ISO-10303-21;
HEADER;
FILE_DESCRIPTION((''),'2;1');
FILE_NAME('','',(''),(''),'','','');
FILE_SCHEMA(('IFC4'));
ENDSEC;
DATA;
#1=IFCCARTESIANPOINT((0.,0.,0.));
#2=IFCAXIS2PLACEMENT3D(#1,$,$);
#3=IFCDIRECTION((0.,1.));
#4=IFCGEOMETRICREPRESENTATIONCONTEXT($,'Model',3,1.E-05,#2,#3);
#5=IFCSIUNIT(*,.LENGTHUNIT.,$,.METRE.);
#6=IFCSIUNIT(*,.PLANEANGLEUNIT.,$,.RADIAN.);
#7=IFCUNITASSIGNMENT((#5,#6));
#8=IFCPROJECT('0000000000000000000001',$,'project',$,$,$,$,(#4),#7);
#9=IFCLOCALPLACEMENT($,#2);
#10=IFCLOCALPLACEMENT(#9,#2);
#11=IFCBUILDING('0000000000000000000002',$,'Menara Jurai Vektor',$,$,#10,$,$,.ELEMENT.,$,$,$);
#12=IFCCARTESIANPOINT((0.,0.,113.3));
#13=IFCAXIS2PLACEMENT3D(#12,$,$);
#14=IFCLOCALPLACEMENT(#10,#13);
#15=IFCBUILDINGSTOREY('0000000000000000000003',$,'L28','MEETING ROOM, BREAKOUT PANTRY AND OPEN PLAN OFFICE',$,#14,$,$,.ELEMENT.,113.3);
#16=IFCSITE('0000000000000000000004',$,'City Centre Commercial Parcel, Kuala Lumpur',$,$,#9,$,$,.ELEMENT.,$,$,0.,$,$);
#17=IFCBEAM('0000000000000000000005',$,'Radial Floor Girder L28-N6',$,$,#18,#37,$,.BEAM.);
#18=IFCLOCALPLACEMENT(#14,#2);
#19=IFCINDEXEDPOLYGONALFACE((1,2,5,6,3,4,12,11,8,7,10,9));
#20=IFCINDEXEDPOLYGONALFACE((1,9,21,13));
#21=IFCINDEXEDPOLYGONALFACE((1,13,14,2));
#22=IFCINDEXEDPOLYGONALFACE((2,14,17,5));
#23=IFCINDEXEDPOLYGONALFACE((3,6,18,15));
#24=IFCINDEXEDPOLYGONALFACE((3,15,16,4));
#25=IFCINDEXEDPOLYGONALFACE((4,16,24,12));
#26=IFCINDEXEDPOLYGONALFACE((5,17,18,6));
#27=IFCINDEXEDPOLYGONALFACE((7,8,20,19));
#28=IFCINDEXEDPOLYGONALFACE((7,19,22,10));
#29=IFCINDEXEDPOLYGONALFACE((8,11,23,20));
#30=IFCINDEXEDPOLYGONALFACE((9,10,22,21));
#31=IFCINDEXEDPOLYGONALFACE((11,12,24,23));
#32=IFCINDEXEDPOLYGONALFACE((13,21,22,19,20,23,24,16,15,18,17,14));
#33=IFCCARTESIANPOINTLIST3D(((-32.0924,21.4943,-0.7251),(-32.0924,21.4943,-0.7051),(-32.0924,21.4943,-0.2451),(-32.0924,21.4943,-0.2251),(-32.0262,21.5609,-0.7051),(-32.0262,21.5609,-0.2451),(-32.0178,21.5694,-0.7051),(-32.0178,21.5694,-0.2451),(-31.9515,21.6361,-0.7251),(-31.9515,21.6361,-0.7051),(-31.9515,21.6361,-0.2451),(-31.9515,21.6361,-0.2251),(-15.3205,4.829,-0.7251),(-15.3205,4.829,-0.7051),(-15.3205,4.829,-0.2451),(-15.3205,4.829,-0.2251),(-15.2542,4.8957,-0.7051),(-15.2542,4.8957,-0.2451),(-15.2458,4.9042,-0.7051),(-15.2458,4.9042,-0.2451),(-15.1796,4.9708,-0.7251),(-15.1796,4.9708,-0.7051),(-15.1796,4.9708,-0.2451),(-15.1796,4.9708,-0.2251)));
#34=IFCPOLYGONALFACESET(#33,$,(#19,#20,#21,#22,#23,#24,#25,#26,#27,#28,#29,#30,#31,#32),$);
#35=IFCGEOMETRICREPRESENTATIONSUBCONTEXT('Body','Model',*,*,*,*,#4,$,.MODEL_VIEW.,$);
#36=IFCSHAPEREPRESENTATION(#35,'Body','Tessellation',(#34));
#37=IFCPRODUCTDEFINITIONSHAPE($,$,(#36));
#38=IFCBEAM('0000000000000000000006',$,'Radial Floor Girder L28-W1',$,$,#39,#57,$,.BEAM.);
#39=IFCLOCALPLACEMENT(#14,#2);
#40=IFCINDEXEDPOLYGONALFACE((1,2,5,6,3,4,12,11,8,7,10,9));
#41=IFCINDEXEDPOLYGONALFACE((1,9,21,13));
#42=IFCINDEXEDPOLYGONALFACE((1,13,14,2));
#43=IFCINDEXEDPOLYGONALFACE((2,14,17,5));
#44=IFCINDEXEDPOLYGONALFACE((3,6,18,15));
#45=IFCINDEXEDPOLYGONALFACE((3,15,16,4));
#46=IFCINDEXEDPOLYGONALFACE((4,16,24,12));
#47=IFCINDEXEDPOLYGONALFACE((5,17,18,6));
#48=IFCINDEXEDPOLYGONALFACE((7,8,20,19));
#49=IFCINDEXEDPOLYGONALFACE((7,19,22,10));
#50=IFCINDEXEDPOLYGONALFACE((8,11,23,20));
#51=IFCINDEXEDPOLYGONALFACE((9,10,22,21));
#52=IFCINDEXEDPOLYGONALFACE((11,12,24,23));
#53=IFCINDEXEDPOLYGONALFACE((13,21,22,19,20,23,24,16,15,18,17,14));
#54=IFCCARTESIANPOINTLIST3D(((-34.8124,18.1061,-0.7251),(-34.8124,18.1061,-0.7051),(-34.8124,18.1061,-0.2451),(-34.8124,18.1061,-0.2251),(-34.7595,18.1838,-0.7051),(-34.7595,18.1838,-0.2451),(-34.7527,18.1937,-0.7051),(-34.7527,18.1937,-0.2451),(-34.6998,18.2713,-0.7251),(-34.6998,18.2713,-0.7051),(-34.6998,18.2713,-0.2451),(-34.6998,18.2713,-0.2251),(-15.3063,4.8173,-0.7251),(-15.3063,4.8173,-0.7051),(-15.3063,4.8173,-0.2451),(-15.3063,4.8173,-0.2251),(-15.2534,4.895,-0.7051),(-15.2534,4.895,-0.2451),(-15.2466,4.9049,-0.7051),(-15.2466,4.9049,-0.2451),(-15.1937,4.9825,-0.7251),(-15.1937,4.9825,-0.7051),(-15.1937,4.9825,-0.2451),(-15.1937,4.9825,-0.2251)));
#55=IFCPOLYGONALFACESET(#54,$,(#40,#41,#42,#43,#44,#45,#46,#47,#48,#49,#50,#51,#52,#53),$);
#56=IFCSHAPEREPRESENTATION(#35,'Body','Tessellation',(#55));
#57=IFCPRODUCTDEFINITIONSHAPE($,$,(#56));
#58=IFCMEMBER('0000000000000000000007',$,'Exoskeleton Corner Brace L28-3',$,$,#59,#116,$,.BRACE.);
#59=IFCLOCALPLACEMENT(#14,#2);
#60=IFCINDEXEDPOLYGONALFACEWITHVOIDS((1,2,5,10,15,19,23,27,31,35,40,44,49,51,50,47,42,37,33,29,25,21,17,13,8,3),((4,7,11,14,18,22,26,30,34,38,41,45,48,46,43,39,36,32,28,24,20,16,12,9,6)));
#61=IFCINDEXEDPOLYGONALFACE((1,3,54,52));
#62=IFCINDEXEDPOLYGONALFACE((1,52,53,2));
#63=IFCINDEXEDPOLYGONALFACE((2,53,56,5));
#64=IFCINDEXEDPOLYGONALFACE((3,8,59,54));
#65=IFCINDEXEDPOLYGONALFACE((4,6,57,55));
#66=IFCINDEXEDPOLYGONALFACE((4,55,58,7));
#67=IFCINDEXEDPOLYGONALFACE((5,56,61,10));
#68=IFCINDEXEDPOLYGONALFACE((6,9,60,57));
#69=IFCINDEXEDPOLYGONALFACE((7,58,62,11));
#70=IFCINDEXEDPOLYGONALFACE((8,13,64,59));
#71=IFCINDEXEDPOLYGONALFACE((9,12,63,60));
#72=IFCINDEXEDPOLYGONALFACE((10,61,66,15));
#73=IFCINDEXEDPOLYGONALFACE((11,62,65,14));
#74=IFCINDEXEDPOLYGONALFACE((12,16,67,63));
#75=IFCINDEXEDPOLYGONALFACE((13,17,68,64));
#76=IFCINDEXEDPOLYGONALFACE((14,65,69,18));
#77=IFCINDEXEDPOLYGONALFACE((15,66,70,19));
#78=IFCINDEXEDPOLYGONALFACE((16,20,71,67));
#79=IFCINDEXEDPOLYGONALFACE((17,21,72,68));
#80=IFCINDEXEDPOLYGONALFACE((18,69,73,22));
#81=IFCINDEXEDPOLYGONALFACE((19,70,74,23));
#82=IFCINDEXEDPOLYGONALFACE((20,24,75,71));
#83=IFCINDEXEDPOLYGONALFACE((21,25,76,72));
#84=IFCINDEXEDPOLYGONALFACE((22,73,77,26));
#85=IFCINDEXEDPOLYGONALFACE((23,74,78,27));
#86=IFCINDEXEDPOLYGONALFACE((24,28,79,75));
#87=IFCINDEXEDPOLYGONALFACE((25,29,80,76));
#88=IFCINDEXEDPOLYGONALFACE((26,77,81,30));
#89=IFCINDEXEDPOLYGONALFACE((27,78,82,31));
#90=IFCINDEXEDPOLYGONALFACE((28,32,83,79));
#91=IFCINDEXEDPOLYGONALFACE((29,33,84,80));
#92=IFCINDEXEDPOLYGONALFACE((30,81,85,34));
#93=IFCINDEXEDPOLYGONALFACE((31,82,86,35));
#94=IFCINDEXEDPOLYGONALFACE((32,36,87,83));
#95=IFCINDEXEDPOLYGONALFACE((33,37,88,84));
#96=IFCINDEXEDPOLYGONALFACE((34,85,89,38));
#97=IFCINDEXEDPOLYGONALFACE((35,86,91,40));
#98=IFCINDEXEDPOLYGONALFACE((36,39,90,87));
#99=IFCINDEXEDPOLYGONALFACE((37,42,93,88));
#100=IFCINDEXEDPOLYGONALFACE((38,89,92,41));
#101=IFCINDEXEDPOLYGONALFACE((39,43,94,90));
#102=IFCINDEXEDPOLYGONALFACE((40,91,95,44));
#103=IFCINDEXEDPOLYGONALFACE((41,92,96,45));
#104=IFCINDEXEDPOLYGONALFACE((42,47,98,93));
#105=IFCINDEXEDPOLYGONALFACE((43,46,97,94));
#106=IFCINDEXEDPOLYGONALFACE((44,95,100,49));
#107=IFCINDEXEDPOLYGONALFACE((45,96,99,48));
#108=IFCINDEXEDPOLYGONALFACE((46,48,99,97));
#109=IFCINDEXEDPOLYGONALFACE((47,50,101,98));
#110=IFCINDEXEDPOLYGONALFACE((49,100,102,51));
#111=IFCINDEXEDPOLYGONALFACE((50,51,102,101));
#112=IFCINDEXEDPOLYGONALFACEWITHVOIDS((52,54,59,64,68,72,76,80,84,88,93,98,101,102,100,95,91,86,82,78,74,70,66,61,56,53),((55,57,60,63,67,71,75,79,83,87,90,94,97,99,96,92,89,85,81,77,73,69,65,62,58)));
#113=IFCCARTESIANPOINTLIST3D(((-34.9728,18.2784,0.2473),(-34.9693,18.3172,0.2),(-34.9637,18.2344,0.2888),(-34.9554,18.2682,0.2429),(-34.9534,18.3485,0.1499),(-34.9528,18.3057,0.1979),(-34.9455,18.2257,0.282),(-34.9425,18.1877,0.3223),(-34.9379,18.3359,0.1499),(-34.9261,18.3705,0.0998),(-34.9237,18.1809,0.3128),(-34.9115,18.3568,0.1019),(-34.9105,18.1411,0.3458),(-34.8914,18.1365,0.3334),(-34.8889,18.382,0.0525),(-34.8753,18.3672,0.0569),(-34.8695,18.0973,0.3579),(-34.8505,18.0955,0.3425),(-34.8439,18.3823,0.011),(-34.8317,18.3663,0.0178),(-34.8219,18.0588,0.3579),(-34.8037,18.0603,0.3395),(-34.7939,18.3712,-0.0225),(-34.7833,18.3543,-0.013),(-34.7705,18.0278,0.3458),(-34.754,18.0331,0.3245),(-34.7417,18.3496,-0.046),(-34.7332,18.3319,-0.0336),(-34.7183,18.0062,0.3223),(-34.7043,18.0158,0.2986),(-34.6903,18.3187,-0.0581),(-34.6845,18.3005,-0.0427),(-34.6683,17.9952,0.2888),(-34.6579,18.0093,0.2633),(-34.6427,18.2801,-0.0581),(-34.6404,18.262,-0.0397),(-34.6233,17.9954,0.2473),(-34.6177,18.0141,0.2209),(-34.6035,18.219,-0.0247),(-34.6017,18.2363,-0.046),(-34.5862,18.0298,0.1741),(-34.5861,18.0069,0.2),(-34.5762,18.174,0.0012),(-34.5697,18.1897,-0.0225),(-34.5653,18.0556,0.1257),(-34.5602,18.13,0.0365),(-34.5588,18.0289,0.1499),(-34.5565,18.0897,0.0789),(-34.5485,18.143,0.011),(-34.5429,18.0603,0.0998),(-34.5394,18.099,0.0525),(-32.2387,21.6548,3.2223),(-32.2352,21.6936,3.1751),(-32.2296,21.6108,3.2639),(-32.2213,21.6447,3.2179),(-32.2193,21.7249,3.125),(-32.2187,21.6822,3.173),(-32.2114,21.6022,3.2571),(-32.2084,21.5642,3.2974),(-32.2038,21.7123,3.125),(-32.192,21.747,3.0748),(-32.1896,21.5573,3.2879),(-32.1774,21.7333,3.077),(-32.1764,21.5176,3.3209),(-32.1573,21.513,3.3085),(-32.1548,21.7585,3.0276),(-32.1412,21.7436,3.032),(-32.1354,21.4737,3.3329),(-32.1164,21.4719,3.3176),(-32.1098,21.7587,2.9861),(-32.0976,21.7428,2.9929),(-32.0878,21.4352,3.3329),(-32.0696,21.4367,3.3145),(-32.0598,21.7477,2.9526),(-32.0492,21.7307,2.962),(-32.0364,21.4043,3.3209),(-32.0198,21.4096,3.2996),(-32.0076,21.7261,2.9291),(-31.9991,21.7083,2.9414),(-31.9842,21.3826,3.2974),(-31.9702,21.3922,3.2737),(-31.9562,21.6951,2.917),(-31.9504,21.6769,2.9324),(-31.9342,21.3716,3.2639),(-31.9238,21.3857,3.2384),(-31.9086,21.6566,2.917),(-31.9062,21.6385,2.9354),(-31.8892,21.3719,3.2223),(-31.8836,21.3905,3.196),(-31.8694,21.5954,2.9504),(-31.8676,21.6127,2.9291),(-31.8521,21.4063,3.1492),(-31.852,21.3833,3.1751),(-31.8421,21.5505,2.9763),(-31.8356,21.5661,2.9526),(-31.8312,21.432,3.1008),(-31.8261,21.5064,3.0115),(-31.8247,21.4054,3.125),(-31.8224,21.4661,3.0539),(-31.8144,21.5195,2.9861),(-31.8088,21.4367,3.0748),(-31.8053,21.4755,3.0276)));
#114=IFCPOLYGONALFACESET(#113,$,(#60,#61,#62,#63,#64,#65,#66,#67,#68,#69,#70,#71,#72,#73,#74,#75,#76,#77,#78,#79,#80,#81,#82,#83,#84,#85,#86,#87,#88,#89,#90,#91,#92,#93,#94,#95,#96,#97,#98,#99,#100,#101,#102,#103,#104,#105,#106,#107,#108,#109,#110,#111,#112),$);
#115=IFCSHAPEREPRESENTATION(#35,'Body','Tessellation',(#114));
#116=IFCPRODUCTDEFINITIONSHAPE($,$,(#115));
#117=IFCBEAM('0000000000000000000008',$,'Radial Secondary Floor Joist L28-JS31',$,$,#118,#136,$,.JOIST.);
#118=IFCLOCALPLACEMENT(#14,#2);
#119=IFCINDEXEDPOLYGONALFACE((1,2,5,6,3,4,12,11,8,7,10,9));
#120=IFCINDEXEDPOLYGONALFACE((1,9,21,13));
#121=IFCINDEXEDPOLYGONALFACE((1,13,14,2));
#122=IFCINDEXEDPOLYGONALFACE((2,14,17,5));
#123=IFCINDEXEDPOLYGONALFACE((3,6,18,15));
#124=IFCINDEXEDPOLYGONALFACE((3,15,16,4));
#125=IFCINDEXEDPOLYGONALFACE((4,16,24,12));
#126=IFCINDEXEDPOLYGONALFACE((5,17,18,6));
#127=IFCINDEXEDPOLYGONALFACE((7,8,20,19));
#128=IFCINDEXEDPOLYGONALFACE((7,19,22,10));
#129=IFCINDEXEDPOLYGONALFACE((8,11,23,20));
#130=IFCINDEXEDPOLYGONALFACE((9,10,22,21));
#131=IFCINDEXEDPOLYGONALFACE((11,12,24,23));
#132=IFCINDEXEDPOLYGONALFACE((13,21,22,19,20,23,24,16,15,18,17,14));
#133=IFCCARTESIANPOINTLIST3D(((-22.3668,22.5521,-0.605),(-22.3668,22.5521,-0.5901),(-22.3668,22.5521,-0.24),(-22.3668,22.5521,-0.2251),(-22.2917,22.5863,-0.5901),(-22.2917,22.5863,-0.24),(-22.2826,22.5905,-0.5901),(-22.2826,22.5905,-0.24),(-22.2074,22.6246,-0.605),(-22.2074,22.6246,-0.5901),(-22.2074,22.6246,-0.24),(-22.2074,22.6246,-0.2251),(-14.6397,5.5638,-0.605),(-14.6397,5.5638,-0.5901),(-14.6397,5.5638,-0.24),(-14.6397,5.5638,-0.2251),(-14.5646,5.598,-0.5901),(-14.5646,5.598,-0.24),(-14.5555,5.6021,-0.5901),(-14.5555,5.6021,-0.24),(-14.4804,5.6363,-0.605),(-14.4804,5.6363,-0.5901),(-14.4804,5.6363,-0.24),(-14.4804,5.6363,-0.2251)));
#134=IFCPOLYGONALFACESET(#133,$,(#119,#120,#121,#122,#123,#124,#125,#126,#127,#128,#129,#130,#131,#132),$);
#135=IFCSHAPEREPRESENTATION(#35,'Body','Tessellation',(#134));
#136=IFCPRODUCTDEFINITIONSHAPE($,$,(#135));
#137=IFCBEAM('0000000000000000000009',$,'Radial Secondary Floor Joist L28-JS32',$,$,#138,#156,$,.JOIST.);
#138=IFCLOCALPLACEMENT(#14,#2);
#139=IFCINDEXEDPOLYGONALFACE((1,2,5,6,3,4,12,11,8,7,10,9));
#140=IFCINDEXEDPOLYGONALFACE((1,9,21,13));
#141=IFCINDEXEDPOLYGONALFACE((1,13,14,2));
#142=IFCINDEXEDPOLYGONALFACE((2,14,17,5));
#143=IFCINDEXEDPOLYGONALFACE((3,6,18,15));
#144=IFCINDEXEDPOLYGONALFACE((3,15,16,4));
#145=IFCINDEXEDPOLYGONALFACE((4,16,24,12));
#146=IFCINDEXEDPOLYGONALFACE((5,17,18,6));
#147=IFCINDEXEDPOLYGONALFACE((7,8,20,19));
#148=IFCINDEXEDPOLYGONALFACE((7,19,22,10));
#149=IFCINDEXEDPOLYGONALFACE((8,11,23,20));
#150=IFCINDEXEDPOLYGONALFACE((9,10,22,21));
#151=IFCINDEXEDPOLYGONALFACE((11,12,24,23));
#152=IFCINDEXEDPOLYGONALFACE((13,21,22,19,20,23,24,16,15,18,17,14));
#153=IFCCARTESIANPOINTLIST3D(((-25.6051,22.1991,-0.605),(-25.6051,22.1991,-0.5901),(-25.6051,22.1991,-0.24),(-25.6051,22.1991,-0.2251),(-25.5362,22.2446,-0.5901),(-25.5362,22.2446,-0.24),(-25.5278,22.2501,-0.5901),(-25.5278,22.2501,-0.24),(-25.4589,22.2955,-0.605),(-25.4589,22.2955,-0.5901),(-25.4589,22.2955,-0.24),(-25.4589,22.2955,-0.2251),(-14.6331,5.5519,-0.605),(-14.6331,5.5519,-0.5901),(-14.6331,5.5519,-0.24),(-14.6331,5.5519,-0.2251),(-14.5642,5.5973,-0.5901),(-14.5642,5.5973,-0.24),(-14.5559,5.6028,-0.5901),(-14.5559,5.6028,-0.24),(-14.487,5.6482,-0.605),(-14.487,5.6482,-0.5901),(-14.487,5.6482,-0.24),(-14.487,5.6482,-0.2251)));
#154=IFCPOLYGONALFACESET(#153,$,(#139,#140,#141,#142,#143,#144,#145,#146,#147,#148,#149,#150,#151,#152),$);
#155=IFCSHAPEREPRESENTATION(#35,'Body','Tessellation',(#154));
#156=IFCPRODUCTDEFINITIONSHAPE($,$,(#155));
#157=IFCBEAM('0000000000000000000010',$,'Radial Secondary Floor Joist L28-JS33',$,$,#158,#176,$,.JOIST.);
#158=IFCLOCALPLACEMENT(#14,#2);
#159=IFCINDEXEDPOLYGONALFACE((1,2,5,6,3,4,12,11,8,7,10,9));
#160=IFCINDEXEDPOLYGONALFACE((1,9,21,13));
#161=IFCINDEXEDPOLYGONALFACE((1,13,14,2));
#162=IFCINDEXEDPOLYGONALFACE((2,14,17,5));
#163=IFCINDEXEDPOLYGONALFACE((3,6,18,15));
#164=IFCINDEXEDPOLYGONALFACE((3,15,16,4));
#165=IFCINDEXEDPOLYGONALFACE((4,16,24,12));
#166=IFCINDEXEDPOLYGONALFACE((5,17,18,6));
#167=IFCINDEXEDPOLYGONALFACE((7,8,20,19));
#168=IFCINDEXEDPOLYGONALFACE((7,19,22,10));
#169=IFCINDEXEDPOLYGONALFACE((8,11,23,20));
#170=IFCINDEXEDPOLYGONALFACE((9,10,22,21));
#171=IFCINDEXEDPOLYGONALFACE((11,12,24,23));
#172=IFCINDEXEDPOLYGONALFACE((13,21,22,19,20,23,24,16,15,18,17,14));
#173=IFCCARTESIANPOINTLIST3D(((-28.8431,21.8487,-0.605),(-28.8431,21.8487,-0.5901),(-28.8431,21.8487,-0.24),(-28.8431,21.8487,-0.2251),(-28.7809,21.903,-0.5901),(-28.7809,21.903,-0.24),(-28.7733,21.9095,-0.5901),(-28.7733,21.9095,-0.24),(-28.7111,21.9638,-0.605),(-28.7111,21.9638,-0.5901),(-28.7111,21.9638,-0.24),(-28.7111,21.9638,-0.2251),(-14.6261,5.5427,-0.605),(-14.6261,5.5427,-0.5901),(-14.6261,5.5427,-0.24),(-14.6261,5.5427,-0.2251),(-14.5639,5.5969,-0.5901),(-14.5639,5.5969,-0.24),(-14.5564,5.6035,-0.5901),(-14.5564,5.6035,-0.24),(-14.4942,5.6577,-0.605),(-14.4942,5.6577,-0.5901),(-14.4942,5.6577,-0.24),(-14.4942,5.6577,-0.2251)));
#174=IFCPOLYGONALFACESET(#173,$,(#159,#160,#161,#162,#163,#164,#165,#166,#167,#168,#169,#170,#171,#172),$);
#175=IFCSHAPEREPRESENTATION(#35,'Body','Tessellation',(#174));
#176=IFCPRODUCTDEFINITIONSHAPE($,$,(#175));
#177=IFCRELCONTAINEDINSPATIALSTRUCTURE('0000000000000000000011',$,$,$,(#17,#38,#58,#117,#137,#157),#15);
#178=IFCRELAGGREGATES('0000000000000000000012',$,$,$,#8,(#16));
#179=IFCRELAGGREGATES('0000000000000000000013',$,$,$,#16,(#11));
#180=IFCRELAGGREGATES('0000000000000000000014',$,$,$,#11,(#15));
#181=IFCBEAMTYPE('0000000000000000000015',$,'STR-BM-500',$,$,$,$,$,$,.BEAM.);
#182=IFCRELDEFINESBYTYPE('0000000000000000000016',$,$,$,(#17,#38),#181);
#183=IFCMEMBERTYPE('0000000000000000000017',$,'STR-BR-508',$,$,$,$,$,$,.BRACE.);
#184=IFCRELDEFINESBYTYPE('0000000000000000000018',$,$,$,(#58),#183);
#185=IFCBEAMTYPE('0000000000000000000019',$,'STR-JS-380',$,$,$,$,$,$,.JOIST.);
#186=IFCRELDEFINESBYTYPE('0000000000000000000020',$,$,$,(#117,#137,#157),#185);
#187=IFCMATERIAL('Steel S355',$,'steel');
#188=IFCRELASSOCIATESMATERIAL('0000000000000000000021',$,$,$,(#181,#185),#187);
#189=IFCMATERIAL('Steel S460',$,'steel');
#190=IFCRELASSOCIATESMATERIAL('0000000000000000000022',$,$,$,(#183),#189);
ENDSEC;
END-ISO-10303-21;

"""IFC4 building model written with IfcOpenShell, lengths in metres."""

from ifc_helpers import new_model, si_unit, direction, frame, origin, origin_2d, place, context, subcontext, project, spatial, hollow_circle, i_section, extrude, material, material_profile, profile_set, type_object, element, save


model = new_model("IFC4")

# Units and contexts
model_context = context("Model", 3, precision=1e-05, world=origin(), true_north=direction((0.0, 1.0)))
body_context = subcontext(model_context, "Body", "Model", "MODEL_VIEW")
ifc_project = project(units=[si_unit("LENGTHUNIT", "METRE"), si_unit("PLANEANGLEUNIT", "RADIAN")], contexts=[model_context])

# Site, building, storey
site_placement = place(None, origin())
site = spatial("IfcSite", under=ifc_project, at=site_placement, Name="City Centre Commercial Parcel, Kuala Lumpur", CompositionType="ELEMENT", RefElevation=0.0)
building_placement = place(site_placement, origin())
building = spatial("IfcBuilding", under=site, at=building_placement, Name="Menara Jurai Vektor", CompositionType="ELEMENT")
storey_placement = place(building_placement, frame((0.0, 0.0, 113.3)))
storey = spatial("IfcBuildingStorey", under=building, at=storey_placement, Name="L28", Description="MEETING ROOM, BREAKOUT PANTRY AND OPEN PLAN OFFICE", CompositionType="ELEMENT", Elevation=113.3)

# Shared definitions
ifc_material_1 = material(Name="Steel S460", Category="steel")

# Beams
ifc_material_2 = material(Name="Steel S355", Category="steel")
ifc_material_profile_1 = material_profile(ifc_material_2, i_section(OverallWidth=0.2, OverallDepth=0.5, WebThickness=0.012, FlangeThickness=0.02, at=origin_2d()), Name="PG 500x200x96")
ifc_profile_set_1 = profile_set([ifc_material_profile_1], Name="Steel S355")
beam_type_1 = type_object("IfcBeamType", Name="STR-BM-500", PredefinedType="BEAM", material=ifc_profile_set_1)
beam_1_placement = place(storey_placement, frame((-32.022, 21.5652, -0.4751), z_axis=(0.709359, -0.704847, 0.0), x_axis=(0.704847, 0.709359, 0.0)))
element("IfcBeam", 1, at=beam_1_placement, inside=storey, type_object=beam_type_1, Name="Radial Floor Girder L28-N6", PredefinedType="BEAM", context=body_context, shape_type="SweptSolid", body=[
    extrude(i_section(OverallWidth=0.2, OverallDepth=0.5, WebThickness=0.012, FlangeThickness=0.02, at=origin_2d()), origin(), (0.0, 0.0, 1.0), 23.6438),
])
beam_2_placement = place(storey_placement, frame((-34.7561, 18.1887, -0.4751), z_axis=(0.82644, -0.563024, 0.0), x_axis=(0.563024, 0.82644, 0.0)))
element("IfcBeam", 2, at=beam_2_placement, inside=storey, type_object=beam_type_1, Name="Radial Floor Girder L28-W1", PredefinedType="BEAM", context=body_context, shape_type="SweptSolid", body=[
    extrude(i_section(OverallWidth=0.2, OverallDepth=0.5, WebThickness=0.012, FlangeThickness=0.02, at=origin_2d()), origin(), (0.0, 0.0, 1.0), 23.6025),
])

# Member
ifc_material_profile_2 = material_profile(ifc_material_1, hollow_circle(Radius=0.2539, WallThickness=0.02, at=origin_2d()), Name="CHS 508x20")
ifc_profile_set_2 = profile_set([ifc_material_profile_2], Name="Steel S460")
member_type_1 = type_object("IfcMemberType", Name="STR-BR-508", PredefinedType="BRACE", material=ifc_profile_set_2)
member_1_placement = place(storey_placement, frame((-34.7561, 18.1887, 0.1499), z_axis=(0.519238, 0.641223, 0.565), x_axis=(-0.777155, 0.62931, 0.0)))
element("IfcMember", 3, at=member_1_placement, inside=storey, type_object=member_type_1, Name="Exoskeleton Corner Brace L28-3", PredefinedType="BRACE", context=body_context, shape_type="SweptSolid", body=[
    extrude(hollow_circle(Radius=0.2539, WallThickness=0.02, at=origin_2d()), origin(), (0.0, 0.0, 1.0), 5.2656),
])

# Beams
ifc_material_profile_3 = material_profile(ifc_material_2, i_section(OverallWidth=0.175, OverallDepth=0.3799, WebThickness=0.01, FlangeThickness=0.0149, at=origin_2d()), Name="PG 380x175x58")
ifc_profile_set_3 = profile_set([ifc_material_profile_3], Name="Steel S355")
beam_type_2 = type_object("IfcBeamType", Name="STR-JS-380", PredefinedType="JOIST", material=ifc_profile_set_3)
beam_3_placement = place(storey_placement, frame((-22.2871, 22.5884, -0.415), z_axis=(0.41403, -0.910263, 0.0), x_axis=(0.910263, 0.41403, 0.0)))
element("IfcBeam", 4, at=beam_3_placement, inside=storey, type_object=beam_type_2, Name="Radial Secondary Floor Joist L28-JS31", PredefinedType="JOIST", context=body_context, shape_type="SweptSolid", body=[
    extrude(i_section(OverallWidth=0.175, OverallDepth=0.3799, WebThickness=0.01, FlangeThickness=0.0149, at=origin_2d()), origin(), (0.0, 0.0, 1.0), 18.6631),
])
beam_4_placement = place(storey_placement, frame((-25.532, 22.2473, -0.415), z_axis=(0.55031, -0.834961, 0.0), x_axis=(0.834961, 0.55031, 0.0)))
element("IfcBeam", 5, at=beam_4_placement, inside=storey, type_object=beam_type_2, Name="Radial Secondary Floor Joist L28-JS32", PredefinedType="JOIST", context=body_context, shape_type="SweptSolid", body=[
    extrude(i_section(OverallWidth=0.175, OverallDepth=0.3799, WebThickness=0.01, FlangeThickness=0.0149, at=origin_2d()), origin(), (0.0, 0.0, 1.0), 19.9377),
])
beam_5_placement = place(storey_placement, frame((-28.7771, 21.9062, -0.415), z_axis=(0.657173, -0.75374, 0.0), x_axis=(0.75374, 0.657173, 0.0)))
element("IfcBeam", 6, at=beam_5_placement, inside=storey, type_object=beam_type_2, Name="Radial Secondary Floor Joist L28-JS33", PredefinedType="JOIST", context=body_context, shape_type="SweptSolid", body=[
    extrude(i_section(OverallWidth=0.175, OverallDepth=0.3799, WebThickness=0.01, FlangeThickness=0.0149, at=origin_2d()), origin(), (0.0, 0.0, 1.0), 21.6335),
])

save(model, "model.ifc")
